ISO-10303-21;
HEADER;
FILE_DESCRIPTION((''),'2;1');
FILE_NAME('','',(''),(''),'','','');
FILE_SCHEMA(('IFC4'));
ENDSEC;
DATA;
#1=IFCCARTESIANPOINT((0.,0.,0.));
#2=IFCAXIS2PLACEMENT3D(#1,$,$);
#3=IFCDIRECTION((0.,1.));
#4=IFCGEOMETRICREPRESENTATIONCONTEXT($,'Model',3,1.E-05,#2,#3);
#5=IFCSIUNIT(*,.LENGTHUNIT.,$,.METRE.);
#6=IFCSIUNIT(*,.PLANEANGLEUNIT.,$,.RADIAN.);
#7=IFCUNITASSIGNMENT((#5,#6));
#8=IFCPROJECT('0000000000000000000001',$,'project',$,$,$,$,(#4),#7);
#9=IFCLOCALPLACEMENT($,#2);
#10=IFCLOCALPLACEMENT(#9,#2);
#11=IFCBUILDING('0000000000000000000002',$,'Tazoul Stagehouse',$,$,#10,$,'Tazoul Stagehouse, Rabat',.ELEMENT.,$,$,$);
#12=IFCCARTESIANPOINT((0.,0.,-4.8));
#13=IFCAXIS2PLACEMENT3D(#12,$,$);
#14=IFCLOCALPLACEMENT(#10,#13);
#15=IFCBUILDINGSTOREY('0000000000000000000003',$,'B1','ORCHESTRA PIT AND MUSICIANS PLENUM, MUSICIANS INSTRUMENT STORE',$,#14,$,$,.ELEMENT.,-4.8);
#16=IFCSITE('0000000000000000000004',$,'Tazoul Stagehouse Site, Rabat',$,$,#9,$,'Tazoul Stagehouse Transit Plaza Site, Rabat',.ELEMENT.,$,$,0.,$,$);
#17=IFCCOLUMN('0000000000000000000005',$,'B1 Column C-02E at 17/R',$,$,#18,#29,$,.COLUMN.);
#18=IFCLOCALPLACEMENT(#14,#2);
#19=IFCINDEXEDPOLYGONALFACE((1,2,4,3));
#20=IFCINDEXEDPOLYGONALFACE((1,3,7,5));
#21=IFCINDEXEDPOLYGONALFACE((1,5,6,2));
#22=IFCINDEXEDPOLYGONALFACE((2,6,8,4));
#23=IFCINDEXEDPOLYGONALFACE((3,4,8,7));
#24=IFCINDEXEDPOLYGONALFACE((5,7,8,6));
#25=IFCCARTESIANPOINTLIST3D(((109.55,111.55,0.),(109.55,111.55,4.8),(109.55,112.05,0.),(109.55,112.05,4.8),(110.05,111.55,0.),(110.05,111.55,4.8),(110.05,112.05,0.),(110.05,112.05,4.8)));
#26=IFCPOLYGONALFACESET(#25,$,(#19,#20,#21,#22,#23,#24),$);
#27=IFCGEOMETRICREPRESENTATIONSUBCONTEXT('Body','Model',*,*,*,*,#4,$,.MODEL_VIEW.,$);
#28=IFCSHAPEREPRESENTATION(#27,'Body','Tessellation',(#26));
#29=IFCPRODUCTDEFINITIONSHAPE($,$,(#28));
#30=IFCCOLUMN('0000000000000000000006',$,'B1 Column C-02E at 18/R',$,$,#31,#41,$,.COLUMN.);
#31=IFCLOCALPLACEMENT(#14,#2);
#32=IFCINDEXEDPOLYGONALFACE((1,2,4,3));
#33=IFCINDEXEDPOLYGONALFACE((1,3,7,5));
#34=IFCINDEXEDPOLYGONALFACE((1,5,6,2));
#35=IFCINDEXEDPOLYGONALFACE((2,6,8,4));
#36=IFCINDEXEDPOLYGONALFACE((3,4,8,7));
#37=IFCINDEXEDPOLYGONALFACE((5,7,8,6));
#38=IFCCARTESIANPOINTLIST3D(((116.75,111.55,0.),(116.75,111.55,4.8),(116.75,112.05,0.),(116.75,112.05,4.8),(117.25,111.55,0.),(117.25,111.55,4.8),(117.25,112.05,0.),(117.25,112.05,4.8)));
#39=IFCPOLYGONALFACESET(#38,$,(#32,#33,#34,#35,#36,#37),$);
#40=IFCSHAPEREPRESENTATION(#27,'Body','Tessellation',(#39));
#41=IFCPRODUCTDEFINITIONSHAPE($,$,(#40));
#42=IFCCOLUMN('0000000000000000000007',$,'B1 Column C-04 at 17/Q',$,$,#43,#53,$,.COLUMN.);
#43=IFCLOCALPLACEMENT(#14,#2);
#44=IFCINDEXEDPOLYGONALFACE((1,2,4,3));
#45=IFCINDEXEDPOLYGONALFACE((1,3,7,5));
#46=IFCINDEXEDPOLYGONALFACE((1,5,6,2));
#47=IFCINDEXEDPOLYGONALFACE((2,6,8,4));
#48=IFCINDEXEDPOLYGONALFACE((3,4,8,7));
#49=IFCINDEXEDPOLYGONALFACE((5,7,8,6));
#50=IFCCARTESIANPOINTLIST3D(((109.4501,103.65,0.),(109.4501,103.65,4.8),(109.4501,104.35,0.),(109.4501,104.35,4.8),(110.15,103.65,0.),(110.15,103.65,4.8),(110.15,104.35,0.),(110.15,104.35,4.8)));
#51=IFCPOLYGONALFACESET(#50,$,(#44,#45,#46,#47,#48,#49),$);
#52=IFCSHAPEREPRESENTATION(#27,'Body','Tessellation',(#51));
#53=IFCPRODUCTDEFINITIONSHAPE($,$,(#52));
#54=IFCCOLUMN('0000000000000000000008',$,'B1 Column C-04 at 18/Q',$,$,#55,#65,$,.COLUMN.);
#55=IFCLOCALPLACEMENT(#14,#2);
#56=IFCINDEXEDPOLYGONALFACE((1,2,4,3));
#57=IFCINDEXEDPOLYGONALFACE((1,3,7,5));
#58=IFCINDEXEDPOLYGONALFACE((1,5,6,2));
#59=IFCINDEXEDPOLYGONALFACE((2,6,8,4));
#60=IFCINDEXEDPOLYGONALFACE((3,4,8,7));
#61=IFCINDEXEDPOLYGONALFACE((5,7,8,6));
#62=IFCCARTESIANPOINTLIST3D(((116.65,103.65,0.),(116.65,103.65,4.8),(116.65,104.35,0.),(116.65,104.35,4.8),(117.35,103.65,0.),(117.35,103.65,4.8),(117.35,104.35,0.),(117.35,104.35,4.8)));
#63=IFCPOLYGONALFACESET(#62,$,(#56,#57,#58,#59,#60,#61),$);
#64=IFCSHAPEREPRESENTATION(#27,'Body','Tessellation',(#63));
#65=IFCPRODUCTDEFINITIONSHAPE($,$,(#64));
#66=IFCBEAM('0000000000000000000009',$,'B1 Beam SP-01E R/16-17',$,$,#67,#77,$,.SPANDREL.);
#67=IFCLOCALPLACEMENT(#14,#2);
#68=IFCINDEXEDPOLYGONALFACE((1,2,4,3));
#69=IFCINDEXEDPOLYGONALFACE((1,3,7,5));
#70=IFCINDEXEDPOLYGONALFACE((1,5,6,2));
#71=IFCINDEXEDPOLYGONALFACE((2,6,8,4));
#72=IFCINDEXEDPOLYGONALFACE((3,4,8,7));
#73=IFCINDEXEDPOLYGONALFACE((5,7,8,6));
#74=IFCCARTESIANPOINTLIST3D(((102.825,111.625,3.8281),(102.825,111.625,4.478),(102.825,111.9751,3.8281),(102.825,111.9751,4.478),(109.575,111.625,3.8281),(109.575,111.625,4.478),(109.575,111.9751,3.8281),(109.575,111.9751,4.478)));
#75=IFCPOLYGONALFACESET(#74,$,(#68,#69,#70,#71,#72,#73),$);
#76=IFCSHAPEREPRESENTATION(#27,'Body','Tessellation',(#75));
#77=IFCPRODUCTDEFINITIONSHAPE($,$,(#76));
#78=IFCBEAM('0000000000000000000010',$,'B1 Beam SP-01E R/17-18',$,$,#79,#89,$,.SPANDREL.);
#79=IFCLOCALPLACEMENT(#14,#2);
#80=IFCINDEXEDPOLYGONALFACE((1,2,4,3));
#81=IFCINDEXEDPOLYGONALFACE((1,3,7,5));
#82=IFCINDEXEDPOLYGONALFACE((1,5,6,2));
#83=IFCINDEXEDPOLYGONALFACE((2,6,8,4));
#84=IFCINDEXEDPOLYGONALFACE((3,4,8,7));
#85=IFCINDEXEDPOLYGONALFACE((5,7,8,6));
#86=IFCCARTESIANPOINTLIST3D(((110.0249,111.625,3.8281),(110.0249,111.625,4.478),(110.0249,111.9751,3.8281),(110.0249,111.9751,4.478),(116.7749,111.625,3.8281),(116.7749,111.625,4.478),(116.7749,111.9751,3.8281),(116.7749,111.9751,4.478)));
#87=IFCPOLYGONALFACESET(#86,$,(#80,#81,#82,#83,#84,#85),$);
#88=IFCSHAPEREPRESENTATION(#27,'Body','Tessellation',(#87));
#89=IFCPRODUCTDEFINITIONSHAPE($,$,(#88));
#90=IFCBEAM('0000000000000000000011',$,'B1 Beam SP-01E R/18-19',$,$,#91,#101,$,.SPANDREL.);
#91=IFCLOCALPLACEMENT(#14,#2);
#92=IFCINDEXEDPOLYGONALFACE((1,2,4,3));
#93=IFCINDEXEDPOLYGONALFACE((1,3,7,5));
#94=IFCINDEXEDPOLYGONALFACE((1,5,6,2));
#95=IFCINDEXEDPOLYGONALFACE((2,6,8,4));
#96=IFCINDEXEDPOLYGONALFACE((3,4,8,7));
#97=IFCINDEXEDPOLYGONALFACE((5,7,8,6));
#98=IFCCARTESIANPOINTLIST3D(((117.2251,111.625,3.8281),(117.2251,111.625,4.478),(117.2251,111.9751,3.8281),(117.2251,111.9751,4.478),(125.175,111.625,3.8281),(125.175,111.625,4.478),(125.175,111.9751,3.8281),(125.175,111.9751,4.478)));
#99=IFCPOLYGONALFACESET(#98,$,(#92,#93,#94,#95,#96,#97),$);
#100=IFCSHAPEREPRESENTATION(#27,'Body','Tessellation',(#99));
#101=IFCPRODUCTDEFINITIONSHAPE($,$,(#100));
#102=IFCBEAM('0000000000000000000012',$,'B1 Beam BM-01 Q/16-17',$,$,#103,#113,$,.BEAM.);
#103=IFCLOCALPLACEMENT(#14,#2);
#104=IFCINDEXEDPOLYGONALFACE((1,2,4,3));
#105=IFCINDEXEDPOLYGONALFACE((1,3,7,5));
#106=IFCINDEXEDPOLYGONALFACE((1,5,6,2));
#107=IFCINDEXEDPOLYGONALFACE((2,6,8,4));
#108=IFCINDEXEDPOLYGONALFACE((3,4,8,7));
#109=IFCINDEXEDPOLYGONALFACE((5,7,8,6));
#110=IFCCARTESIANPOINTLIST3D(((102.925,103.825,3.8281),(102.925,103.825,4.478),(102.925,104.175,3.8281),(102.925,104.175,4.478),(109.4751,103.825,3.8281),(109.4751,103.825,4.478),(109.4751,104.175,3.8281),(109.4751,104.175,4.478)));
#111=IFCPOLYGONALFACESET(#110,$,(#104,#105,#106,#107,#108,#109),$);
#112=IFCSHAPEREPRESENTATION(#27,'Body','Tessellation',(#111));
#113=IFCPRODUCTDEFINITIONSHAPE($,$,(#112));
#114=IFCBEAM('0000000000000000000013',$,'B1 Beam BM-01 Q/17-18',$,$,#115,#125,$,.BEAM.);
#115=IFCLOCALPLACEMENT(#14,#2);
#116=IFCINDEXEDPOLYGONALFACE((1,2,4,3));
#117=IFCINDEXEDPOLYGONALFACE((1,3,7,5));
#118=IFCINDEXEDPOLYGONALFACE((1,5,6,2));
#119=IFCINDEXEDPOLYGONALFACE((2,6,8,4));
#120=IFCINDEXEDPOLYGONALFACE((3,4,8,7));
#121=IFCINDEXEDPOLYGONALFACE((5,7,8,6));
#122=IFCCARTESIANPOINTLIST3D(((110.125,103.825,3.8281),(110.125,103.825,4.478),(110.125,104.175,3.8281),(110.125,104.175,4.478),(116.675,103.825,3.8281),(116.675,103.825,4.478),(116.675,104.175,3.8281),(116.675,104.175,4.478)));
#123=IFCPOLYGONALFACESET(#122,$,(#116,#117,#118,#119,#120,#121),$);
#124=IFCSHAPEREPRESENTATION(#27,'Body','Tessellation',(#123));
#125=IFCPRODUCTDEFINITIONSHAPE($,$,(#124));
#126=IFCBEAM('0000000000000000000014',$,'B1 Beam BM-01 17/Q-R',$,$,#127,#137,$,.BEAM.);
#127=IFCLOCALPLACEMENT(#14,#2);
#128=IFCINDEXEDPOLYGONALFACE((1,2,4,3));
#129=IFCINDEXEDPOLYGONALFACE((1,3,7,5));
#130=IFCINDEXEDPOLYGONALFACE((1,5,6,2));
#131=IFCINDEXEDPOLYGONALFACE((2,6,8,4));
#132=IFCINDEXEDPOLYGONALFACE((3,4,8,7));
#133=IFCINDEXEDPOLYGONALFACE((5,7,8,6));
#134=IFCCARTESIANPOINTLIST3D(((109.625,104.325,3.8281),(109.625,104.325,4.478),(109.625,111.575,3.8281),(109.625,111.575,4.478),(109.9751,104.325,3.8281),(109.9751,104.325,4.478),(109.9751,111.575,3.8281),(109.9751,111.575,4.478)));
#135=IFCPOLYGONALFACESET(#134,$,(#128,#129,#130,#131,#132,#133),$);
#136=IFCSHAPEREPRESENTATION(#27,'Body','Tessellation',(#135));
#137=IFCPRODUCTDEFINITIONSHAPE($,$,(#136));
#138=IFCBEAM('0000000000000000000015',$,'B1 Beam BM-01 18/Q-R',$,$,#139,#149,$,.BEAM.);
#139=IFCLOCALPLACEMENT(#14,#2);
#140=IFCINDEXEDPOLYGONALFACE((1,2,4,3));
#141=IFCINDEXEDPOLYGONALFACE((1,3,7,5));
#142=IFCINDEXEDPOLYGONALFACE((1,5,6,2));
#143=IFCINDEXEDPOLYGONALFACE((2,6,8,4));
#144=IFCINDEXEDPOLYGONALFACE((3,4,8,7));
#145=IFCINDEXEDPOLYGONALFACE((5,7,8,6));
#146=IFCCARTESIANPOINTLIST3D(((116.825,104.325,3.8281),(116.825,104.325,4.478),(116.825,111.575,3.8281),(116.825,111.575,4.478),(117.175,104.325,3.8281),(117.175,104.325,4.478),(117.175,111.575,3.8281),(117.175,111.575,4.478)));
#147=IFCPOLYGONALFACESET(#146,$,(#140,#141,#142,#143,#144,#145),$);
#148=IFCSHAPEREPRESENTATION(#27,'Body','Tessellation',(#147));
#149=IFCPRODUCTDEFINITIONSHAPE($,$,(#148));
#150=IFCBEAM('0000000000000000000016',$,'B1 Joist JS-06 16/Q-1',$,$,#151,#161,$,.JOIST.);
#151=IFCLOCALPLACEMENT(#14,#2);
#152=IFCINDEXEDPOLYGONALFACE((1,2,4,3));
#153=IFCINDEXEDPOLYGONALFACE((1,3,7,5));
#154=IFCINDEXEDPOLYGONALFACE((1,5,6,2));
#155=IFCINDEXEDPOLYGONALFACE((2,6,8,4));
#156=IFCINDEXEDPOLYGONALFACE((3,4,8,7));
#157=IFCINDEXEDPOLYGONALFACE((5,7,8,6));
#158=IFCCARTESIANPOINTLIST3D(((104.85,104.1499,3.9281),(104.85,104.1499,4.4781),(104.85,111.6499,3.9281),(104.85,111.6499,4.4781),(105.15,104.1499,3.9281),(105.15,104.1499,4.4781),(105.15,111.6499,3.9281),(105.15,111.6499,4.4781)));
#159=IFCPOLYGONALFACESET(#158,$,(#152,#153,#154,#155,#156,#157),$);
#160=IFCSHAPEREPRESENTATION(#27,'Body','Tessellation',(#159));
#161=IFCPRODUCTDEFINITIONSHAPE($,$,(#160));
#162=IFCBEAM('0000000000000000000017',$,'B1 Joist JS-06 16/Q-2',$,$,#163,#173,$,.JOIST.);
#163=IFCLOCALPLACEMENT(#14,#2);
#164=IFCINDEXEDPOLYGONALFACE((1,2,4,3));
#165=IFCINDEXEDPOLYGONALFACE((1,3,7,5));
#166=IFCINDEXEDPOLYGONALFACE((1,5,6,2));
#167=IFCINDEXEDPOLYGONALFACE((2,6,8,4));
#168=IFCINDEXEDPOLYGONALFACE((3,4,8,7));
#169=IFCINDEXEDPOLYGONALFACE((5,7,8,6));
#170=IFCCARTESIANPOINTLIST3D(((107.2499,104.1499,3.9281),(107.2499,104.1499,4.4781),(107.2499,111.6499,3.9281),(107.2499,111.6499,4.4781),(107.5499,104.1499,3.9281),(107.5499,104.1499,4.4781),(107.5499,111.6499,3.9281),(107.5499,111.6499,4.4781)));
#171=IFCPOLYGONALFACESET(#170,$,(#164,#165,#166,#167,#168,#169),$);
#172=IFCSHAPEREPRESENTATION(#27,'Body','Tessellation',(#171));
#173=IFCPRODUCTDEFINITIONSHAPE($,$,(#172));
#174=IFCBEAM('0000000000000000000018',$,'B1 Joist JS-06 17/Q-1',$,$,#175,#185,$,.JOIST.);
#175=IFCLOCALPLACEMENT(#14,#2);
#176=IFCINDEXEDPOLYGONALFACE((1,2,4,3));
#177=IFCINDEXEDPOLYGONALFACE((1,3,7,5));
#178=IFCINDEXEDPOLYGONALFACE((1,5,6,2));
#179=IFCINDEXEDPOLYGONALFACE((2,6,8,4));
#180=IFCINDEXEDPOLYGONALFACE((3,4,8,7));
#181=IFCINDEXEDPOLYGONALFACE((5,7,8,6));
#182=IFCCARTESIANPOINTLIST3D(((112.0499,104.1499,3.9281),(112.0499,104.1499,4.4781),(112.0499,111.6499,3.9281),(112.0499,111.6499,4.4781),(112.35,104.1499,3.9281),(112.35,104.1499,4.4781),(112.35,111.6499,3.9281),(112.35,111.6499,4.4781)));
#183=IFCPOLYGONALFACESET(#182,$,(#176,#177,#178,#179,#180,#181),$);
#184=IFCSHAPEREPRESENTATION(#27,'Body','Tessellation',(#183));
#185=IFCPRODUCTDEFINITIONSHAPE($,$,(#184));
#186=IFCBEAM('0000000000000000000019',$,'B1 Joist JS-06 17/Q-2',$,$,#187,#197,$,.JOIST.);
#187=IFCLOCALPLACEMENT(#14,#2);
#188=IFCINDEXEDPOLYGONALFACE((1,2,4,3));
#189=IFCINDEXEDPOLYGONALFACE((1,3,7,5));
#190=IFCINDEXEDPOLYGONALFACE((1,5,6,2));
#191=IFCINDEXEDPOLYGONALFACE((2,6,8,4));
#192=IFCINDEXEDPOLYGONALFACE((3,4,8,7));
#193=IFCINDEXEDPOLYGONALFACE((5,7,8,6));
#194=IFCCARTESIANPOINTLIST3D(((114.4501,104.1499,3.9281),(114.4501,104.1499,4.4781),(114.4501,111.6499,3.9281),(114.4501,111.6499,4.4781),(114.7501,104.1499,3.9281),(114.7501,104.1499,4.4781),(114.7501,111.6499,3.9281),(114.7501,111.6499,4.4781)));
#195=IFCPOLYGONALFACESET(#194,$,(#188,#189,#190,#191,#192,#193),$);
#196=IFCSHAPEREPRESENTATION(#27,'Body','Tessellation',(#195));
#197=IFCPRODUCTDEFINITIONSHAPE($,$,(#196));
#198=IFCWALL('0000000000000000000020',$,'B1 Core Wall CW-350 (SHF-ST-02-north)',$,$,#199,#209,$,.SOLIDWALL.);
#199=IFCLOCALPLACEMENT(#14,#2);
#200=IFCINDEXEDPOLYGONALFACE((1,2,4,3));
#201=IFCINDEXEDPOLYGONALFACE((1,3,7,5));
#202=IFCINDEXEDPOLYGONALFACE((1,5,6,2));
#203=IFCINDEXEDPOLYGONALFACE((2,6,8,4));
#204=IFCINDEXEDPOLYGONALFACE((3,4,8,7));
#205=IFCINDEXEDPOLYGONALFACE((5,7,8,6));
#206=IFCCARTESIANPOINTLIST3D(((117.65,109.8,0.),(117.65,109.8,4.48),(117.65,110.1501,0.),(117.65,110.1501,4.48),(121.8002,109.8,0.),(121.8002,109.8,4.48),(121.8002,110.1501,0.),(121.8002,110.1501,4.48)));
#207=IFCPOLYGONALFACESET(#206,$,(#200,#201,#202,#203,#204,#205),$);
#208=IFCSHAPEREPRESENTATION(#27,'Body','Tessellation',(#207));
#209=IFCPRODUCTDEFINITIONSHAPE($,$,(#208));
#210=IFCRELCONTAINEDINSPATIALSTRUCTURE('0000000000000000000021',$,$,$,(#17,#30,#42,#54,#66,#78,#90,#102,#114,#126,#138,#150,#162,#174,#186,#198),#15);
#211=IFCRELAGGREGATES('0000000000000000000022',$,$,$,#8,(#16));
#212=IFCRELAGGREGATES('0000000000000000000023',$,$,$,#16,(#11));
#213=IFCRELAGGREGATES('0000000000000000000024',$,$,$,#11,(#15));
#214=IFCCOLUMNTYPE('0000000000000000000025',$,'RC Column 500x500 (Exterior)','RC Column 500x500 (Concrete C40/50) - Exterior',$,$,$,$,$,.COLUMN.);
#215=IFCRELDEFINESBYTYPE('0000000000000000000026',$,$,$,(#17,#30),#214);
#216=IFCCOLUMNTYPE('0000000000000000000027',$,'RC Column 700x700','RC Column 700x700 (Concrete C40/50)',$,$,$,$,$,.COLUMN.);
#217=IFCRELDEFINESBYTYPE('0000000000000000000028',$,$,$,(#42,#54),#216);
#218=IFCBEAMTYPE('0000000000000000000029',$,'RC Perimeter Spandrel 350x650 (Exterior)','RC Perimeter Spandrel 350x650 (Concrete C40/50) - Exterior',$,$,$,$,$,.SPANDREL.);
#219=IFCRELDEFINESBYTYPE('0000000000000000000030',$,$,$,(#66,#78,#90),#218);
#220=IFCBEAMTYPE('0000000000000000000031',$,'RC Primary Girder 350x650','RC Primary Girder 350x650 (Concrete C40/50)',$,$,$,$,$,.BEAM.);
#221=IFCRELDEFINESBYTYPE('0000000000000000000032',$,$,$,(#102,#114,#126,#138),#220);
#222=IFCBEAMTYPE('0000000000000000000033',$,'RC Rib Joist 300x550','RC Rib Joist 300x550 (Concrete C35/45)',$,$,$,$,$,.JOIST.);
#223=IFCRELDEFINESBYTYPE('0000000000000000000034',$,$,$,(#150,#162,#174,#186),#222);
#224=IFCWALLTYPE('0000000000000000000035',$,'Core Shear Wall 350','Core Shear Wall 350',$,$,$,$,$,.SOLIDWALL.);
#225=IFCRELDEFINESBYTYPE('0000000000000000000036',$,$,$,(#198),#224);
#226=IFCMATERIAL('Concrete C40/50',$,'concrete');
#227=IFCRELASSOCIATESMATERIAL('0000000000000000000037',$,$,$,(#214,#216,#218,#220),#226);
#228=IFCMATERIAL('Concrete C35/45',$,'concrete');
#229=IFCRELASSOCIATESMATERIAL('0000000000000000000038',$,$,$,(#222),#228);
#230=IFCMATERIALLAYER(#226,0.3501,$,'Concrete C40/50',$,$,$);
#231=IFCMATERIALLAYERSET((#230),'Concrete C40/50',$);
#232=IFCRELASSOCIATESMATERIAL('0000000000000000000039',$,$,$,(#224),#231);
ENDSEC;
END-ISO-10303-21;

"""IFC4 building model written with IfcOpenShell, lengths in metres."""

from ifc_helpers import new_model, si_unit, direction, frame, frame_2d, origin, origin_2d, place, context, subcontext, project, spatial, rectangle, extrude, material, layer, layer_set, material_profile, profile_set, type_object, element, save


model = new_model("IFC4")

# Units and contexts
model_context = context("Model", 3, precision=1e-05, world=origin(), true_north=direction((0.0, 1.0)))
body_context = subcontext(model_context, "Body", "Model", "MODEL_VIEW")
ifc_project = project(units=[si_unit("LENGTHUNIT", "METRE"), si_unit("PLANEANGLEUNIT", "RADIAN")], contexts=[model_context])

# Site, building, storey
site_placement = place(None, origin())
site = spatial("IfcSite", under=ifc_project, at=site_placement, Name="Tazoul Stagehouse Site, Rabat", LongName="Tazoul Stagehouse Transit Plaza Site, Rabat", CompositionType="ELEMENT", RefElevation=0.0)
building_placement = place(site_placement, origin())
building = spatial("IfcBuilding", under=site, at=building_placement, Name="Tazoul Stagehouse", LongName="Tazoul Stagehouse, Rabat", CompositionType="ELEMENT")
storey_placement = place(building_placement, frame((0.0, 0.0, -4.8)))
storey = spatial("IfcBuildingStorey", under=building, at=storey_placement, Name="B1", Description="ORCHESTRA PIT AND MUSICIANS PLENUM, MUSICIANS INSTRUMENT STORE", CompositionType="ELEMENT", Elevation=-4.8)

# Shared definitions
ifc_material_1 = material(Name="Concrete C35/45", Category="concrete")

# Columns
ifc_material_2 = material(Name="Concrete C40/50", Category="concrete")
ifc_material_profile_1 = material_profile(ifc_material_2, rectangle(XDim=0.5, YDim=0.5, at=origin_2d()), Name="RC 500x500")
ifc_profile_set_1 = profile_set([ifc_material_profile_1], Name="Concrete C40/50")
column_type_1 = type_object("IfcColumnType", Name="RC Column 500x500 (Exterior)", Description="RC Column 500x500 (Concrete C40/50) - Exterior", PredefinedType="COLUMN", material=ifc_profile_set_1)
for number, where, z_axis, x_axis, name in (
    (1, (109.8, 111.8, 0.0), (0.0, 0.0, 1.0), (1.0, 0.0, 0.0), "B1 Column C-02E at 17/R"),
    (2, (117.0, 111.8, 0.0), (0.0, 0.0, 1.0), (1.0, 0.0, 0.0), "B1 Column C-02E at 18/R"),
):
    element("IfcColumn", number, at=place(storey_placement, frame(where, z_axis=z_axis, x_axis=x_axis)), inside=storey, type_object=column_type_1, Name=name, PredefinedType="COLUMN", context=body_context, shape_type="SweptSolid", body=[
        extrude(rectangle(XDim=0.5, YDim=0.5, at=origin_2d()), origin(), (0.0, 0.0, 1.0), 4.8),
    ])
ifc_material_profile_2 = material_profile(ifc_material_2, rectangle(XDim=0.7, YDim=0.7, at=origin_2d()), Name="RC 700x700")
ifc_profile_set_2 = profile_set([ifc_material_profile_2], Name="Concrete C40/50")
column_type_2 = type_object("IfcColumnType", Name="RC Column 700x700", Description="RC Column 700x700 (Concrete C40/50)", PredefinedType="COLUMN", material=ifc_profile_set_2)
for number, where, z_axis, x_axis, name in (
    (3, (109.8, 104.0, 0.0), (0.0, 0.0, 1.0), (1.0, 0.0, 0.0), "B1 Column C-04 at 17/Q"),
    (4, (117.0, 104.0, 0.0), (0.0, 0.0, 1.0), (1.0, 0.0, 0.0), "B1 Column C-04 at 18/Q"),
):
    element("IfcColumn", number, at=place(storey_placement, frame(where, z_axis=z_axis, x_axis=x_axis)), inside=storey, type_object=column_type_2, Name=name, PredefinedType="COLUMN", context=body_context, shape_type="SweptSolid", body=[
        extrude(rectangle(XDim=0.7, YDim=0.7, at=origin_2d()), origin(), (0.0, 0.0, 1.0), 4.8),
    ])

# Beams
ifc_material_profile_3 = material_profile(ifc_material_2, rectangle(XDim=0.3501, YDim=0.6499, at=origin_2d()), Name="RC 350x650")
ifc_profile_set_3 = profile_set([ifc_material_profile_3], Name="Concrete C40/50")
beam_type_1 = type_object("IfcBeamType", Name="RC Perimeter Spandrel 350x650 (Exterior)", Description="RC Perimeter Spandrel 350x650 (Concrete C40/50) - Exterior", PredefinedType="SPANDREL", material=ifc_profile_set_3)
for number, where, z_axis, x_axis, name in (
    (5, (102.825, 111.8, 4.1531), (1.0, 0.0, 0.0), (0.0, 1.0, 0.0), "B1 Beam SP-01E R/16-17"),
    (6, (110.0249, 111.8, 4.1531), (1.0, 0.0, 0.0), (0.0, 1.0, 0.0), "B1 Beam SP-01E R/17-18"),
):
    element("IfcBeam", number, at=place(storey_placement, frame(where, z_axis=z_axis, x_axis=x_axis)), inside=storey, type_object=beam_type_1, Name=name, PredefinedType="SPANDREL", context=body_context, shape_type="SweptSolid", body=[
        extrude(rectangle(XDim=0.3501, YDim=0.6499, at=origin_2d()), origin(), (0.0, 0.0, 1.0), 6.75),
    ])
beam_placement = place(storey_placement, frame((117.2251, 111.8, 4.1531), z_axis=(1.0, 0.0, 0.0), x_axis=(0.0, 1.0, 0.0)))
element("IfcBeam", 7, at=beam_placement, inside=storey, type_object=beam_type_1, Name="B1 Beam SP-01E R/18-19", PredefinedType="SPANDREL", context=body_context, shape_type="SweptSolid", body=[
    extrude(rectangle(XDim=0.3501, YDim=0.6499, at=origin_2d()), origin(), (0.0, 0.0, 1.0), 7.95),
])
ifc_material_profile_4 = material_profile(ifc_material_2, rectangle(XDim=0.3501, YDim=0.6499, at=origin_2d()), Name="RC 350x650")
ifc_profile_set_4 = profile_set([ifc_material_profile_4], Name="Concrete C40/50")
beam_type_2 = type_object("IfcBeamType", Name="RC Primary Girder 350x650", Description="RC Primary Girder 350x650 (Concrete C40/50)", PredefinedType="BEAM", material=ifc_profile_set_4)
for number, where, z_axis, x_axis, name in (
    (8, (102.925, 104.0, 4.1531), (1.0, 0.0, 0.0), (0.0, 1.0, 0.0), "B1 Beam BM-01 Q/16-17"),
    (9, (110.125, 104.0, 4.1531), (1.0, 0.0, 0.0), (0.0, 1.0, 0.0), "B1 Beam BM-01 Q/17-18"),
):
    element("IfcBeam", number, at=place(storey_placement, frame(where, z_axis=z_axis, x_axis=x_axis)), inside=storey, type_object=beam_type_2, Name=name, PredefinedType="BEAM", context=body_context, shape_type="SweptSolid", body=[
        extrude(rectangle(XDim=0.3501, YDim=0.6499, at=origin_2d()), origin(), (0.0, 0.0, 1.0), 6.55),
    ])
for number, where, z_axis, x_axis, name in (
    (10, (109.8, 104.325, 4.1531), (0.0, 1.0, 0.0), (-1.0, 0.0, 0.0), "B1 Beam BM-01 17/Q-R"),
    (11, (117.0, 104.325, 4.1531), (0.0, 1.0, 0.0), (-1.0, 0.0, 0.0), "B1 Beam BM-01 18/Q-R"),
):
    element("IfcBeam", number, at=place(storey_placement, frame(where, z_axis=z_axis, x_axis=x_axis)), inside=storey, type_object=beam_type_2, Name=name, PredefinedType="BEAM", context=body_context, shape_type="SweptSolid", body=[
        extrude(rectangle(XDim=0.3501, YDim=0.6499, at=origin_2d()), origin(), (0.0, 0.0, 1.0), 7.25),
    ])
ifc_material_profile_5 = material_profile(ifc_material_1, rectangle(XDim=0.3, YDim=0.55, at=origin_2d()), Name="RC 300x550")
ifc_profile_set_5 = profile_set([ifc_material_profile_5], Name="Concrete C35/45")
beam_type_3 = type_object("IfcBeamType", Name="RC Rib Joist 300x550", Description="RC Rib Joist 300x550 (Concrete C35/45)", PredefinedType="JOIST", material=ifc_profile_set_5)
for number, where, z_axis, x_axis, name in (
    (12, (105.0, 104.1499, 4.2031), (0.0, 1.0, 0.0), (-1.0, 0.0, 0.0), "B1 Joist JS-06 16/Q-1"),
    (13, (107.3999, 104.1499, 4.2031), (0.0, 1.0, 0.0), (-1.0, 0.0, 0.0), "B1 Joist JS-06 16/Q-2"),
    (14, (112.2, 104.1499, 4.2031), (0.0, 1.0, 0.0), (-1.0, 0.0, 0.0), "B1 Joist JS-06 17/Q-1"),
    (15, (114.6001, 104.1499, 4.2031), (0.0, 1.0, 0.0), (-1.0, 0.0, 0.0), "B1 Joist JS-06 17/Q-2"),
):
    element("IfcBeam", number, at=place(storey_placement, frame(where, z_axis=z_axis, x_axis=x_axis)), inside=storey, type_object=beam_type_3, Name=name, PredefinedType="JOIST", context=body_context, shape_type="SweptSolid", body=[
        extrude(rectangle(XDim=0.3, YDim=0.55, at=origin_2d()), origin(), (0.0, 0.0, 1.0), 7.5),
    ])

# Wall
ifc_layer = layer(ifc_material_2, 0.3501, Name="Concrete C40/50")
ifc_layer_set = layer_set([ifc_layer], Name="Concrete C40/50")
wall_type = type_object("IfcWallType", Name="Core Shear Wall 350", Description="Core Shear Wall 350", PredefinedType="SOLIDWALL", material=ifc_layer_set)
wall_placement = place(storey_placement, frame((117.6499, 109.9751, 0.0), z_axis=(0.0, 0.0, 1.0), x_axis=(1.0, 0.0, 0.0)))
element("IfcWall", 16, at=wall_placement, inside=storey, type_object=wall_type, Name="B1 Core Wall CW-350 (SHF-ST-02-north)", PredefinedType="SOLIDWALL", context=body_context, shape_type="SweptSolid", body=[
    extrude(rectangle(XDim=4.1501, YDim=0.3501, at=frame_2d((2.0752, 0.0))), origin(), (0.0, 0.0, 1.0), 4.48),
])

save(model, "model.ifc")
